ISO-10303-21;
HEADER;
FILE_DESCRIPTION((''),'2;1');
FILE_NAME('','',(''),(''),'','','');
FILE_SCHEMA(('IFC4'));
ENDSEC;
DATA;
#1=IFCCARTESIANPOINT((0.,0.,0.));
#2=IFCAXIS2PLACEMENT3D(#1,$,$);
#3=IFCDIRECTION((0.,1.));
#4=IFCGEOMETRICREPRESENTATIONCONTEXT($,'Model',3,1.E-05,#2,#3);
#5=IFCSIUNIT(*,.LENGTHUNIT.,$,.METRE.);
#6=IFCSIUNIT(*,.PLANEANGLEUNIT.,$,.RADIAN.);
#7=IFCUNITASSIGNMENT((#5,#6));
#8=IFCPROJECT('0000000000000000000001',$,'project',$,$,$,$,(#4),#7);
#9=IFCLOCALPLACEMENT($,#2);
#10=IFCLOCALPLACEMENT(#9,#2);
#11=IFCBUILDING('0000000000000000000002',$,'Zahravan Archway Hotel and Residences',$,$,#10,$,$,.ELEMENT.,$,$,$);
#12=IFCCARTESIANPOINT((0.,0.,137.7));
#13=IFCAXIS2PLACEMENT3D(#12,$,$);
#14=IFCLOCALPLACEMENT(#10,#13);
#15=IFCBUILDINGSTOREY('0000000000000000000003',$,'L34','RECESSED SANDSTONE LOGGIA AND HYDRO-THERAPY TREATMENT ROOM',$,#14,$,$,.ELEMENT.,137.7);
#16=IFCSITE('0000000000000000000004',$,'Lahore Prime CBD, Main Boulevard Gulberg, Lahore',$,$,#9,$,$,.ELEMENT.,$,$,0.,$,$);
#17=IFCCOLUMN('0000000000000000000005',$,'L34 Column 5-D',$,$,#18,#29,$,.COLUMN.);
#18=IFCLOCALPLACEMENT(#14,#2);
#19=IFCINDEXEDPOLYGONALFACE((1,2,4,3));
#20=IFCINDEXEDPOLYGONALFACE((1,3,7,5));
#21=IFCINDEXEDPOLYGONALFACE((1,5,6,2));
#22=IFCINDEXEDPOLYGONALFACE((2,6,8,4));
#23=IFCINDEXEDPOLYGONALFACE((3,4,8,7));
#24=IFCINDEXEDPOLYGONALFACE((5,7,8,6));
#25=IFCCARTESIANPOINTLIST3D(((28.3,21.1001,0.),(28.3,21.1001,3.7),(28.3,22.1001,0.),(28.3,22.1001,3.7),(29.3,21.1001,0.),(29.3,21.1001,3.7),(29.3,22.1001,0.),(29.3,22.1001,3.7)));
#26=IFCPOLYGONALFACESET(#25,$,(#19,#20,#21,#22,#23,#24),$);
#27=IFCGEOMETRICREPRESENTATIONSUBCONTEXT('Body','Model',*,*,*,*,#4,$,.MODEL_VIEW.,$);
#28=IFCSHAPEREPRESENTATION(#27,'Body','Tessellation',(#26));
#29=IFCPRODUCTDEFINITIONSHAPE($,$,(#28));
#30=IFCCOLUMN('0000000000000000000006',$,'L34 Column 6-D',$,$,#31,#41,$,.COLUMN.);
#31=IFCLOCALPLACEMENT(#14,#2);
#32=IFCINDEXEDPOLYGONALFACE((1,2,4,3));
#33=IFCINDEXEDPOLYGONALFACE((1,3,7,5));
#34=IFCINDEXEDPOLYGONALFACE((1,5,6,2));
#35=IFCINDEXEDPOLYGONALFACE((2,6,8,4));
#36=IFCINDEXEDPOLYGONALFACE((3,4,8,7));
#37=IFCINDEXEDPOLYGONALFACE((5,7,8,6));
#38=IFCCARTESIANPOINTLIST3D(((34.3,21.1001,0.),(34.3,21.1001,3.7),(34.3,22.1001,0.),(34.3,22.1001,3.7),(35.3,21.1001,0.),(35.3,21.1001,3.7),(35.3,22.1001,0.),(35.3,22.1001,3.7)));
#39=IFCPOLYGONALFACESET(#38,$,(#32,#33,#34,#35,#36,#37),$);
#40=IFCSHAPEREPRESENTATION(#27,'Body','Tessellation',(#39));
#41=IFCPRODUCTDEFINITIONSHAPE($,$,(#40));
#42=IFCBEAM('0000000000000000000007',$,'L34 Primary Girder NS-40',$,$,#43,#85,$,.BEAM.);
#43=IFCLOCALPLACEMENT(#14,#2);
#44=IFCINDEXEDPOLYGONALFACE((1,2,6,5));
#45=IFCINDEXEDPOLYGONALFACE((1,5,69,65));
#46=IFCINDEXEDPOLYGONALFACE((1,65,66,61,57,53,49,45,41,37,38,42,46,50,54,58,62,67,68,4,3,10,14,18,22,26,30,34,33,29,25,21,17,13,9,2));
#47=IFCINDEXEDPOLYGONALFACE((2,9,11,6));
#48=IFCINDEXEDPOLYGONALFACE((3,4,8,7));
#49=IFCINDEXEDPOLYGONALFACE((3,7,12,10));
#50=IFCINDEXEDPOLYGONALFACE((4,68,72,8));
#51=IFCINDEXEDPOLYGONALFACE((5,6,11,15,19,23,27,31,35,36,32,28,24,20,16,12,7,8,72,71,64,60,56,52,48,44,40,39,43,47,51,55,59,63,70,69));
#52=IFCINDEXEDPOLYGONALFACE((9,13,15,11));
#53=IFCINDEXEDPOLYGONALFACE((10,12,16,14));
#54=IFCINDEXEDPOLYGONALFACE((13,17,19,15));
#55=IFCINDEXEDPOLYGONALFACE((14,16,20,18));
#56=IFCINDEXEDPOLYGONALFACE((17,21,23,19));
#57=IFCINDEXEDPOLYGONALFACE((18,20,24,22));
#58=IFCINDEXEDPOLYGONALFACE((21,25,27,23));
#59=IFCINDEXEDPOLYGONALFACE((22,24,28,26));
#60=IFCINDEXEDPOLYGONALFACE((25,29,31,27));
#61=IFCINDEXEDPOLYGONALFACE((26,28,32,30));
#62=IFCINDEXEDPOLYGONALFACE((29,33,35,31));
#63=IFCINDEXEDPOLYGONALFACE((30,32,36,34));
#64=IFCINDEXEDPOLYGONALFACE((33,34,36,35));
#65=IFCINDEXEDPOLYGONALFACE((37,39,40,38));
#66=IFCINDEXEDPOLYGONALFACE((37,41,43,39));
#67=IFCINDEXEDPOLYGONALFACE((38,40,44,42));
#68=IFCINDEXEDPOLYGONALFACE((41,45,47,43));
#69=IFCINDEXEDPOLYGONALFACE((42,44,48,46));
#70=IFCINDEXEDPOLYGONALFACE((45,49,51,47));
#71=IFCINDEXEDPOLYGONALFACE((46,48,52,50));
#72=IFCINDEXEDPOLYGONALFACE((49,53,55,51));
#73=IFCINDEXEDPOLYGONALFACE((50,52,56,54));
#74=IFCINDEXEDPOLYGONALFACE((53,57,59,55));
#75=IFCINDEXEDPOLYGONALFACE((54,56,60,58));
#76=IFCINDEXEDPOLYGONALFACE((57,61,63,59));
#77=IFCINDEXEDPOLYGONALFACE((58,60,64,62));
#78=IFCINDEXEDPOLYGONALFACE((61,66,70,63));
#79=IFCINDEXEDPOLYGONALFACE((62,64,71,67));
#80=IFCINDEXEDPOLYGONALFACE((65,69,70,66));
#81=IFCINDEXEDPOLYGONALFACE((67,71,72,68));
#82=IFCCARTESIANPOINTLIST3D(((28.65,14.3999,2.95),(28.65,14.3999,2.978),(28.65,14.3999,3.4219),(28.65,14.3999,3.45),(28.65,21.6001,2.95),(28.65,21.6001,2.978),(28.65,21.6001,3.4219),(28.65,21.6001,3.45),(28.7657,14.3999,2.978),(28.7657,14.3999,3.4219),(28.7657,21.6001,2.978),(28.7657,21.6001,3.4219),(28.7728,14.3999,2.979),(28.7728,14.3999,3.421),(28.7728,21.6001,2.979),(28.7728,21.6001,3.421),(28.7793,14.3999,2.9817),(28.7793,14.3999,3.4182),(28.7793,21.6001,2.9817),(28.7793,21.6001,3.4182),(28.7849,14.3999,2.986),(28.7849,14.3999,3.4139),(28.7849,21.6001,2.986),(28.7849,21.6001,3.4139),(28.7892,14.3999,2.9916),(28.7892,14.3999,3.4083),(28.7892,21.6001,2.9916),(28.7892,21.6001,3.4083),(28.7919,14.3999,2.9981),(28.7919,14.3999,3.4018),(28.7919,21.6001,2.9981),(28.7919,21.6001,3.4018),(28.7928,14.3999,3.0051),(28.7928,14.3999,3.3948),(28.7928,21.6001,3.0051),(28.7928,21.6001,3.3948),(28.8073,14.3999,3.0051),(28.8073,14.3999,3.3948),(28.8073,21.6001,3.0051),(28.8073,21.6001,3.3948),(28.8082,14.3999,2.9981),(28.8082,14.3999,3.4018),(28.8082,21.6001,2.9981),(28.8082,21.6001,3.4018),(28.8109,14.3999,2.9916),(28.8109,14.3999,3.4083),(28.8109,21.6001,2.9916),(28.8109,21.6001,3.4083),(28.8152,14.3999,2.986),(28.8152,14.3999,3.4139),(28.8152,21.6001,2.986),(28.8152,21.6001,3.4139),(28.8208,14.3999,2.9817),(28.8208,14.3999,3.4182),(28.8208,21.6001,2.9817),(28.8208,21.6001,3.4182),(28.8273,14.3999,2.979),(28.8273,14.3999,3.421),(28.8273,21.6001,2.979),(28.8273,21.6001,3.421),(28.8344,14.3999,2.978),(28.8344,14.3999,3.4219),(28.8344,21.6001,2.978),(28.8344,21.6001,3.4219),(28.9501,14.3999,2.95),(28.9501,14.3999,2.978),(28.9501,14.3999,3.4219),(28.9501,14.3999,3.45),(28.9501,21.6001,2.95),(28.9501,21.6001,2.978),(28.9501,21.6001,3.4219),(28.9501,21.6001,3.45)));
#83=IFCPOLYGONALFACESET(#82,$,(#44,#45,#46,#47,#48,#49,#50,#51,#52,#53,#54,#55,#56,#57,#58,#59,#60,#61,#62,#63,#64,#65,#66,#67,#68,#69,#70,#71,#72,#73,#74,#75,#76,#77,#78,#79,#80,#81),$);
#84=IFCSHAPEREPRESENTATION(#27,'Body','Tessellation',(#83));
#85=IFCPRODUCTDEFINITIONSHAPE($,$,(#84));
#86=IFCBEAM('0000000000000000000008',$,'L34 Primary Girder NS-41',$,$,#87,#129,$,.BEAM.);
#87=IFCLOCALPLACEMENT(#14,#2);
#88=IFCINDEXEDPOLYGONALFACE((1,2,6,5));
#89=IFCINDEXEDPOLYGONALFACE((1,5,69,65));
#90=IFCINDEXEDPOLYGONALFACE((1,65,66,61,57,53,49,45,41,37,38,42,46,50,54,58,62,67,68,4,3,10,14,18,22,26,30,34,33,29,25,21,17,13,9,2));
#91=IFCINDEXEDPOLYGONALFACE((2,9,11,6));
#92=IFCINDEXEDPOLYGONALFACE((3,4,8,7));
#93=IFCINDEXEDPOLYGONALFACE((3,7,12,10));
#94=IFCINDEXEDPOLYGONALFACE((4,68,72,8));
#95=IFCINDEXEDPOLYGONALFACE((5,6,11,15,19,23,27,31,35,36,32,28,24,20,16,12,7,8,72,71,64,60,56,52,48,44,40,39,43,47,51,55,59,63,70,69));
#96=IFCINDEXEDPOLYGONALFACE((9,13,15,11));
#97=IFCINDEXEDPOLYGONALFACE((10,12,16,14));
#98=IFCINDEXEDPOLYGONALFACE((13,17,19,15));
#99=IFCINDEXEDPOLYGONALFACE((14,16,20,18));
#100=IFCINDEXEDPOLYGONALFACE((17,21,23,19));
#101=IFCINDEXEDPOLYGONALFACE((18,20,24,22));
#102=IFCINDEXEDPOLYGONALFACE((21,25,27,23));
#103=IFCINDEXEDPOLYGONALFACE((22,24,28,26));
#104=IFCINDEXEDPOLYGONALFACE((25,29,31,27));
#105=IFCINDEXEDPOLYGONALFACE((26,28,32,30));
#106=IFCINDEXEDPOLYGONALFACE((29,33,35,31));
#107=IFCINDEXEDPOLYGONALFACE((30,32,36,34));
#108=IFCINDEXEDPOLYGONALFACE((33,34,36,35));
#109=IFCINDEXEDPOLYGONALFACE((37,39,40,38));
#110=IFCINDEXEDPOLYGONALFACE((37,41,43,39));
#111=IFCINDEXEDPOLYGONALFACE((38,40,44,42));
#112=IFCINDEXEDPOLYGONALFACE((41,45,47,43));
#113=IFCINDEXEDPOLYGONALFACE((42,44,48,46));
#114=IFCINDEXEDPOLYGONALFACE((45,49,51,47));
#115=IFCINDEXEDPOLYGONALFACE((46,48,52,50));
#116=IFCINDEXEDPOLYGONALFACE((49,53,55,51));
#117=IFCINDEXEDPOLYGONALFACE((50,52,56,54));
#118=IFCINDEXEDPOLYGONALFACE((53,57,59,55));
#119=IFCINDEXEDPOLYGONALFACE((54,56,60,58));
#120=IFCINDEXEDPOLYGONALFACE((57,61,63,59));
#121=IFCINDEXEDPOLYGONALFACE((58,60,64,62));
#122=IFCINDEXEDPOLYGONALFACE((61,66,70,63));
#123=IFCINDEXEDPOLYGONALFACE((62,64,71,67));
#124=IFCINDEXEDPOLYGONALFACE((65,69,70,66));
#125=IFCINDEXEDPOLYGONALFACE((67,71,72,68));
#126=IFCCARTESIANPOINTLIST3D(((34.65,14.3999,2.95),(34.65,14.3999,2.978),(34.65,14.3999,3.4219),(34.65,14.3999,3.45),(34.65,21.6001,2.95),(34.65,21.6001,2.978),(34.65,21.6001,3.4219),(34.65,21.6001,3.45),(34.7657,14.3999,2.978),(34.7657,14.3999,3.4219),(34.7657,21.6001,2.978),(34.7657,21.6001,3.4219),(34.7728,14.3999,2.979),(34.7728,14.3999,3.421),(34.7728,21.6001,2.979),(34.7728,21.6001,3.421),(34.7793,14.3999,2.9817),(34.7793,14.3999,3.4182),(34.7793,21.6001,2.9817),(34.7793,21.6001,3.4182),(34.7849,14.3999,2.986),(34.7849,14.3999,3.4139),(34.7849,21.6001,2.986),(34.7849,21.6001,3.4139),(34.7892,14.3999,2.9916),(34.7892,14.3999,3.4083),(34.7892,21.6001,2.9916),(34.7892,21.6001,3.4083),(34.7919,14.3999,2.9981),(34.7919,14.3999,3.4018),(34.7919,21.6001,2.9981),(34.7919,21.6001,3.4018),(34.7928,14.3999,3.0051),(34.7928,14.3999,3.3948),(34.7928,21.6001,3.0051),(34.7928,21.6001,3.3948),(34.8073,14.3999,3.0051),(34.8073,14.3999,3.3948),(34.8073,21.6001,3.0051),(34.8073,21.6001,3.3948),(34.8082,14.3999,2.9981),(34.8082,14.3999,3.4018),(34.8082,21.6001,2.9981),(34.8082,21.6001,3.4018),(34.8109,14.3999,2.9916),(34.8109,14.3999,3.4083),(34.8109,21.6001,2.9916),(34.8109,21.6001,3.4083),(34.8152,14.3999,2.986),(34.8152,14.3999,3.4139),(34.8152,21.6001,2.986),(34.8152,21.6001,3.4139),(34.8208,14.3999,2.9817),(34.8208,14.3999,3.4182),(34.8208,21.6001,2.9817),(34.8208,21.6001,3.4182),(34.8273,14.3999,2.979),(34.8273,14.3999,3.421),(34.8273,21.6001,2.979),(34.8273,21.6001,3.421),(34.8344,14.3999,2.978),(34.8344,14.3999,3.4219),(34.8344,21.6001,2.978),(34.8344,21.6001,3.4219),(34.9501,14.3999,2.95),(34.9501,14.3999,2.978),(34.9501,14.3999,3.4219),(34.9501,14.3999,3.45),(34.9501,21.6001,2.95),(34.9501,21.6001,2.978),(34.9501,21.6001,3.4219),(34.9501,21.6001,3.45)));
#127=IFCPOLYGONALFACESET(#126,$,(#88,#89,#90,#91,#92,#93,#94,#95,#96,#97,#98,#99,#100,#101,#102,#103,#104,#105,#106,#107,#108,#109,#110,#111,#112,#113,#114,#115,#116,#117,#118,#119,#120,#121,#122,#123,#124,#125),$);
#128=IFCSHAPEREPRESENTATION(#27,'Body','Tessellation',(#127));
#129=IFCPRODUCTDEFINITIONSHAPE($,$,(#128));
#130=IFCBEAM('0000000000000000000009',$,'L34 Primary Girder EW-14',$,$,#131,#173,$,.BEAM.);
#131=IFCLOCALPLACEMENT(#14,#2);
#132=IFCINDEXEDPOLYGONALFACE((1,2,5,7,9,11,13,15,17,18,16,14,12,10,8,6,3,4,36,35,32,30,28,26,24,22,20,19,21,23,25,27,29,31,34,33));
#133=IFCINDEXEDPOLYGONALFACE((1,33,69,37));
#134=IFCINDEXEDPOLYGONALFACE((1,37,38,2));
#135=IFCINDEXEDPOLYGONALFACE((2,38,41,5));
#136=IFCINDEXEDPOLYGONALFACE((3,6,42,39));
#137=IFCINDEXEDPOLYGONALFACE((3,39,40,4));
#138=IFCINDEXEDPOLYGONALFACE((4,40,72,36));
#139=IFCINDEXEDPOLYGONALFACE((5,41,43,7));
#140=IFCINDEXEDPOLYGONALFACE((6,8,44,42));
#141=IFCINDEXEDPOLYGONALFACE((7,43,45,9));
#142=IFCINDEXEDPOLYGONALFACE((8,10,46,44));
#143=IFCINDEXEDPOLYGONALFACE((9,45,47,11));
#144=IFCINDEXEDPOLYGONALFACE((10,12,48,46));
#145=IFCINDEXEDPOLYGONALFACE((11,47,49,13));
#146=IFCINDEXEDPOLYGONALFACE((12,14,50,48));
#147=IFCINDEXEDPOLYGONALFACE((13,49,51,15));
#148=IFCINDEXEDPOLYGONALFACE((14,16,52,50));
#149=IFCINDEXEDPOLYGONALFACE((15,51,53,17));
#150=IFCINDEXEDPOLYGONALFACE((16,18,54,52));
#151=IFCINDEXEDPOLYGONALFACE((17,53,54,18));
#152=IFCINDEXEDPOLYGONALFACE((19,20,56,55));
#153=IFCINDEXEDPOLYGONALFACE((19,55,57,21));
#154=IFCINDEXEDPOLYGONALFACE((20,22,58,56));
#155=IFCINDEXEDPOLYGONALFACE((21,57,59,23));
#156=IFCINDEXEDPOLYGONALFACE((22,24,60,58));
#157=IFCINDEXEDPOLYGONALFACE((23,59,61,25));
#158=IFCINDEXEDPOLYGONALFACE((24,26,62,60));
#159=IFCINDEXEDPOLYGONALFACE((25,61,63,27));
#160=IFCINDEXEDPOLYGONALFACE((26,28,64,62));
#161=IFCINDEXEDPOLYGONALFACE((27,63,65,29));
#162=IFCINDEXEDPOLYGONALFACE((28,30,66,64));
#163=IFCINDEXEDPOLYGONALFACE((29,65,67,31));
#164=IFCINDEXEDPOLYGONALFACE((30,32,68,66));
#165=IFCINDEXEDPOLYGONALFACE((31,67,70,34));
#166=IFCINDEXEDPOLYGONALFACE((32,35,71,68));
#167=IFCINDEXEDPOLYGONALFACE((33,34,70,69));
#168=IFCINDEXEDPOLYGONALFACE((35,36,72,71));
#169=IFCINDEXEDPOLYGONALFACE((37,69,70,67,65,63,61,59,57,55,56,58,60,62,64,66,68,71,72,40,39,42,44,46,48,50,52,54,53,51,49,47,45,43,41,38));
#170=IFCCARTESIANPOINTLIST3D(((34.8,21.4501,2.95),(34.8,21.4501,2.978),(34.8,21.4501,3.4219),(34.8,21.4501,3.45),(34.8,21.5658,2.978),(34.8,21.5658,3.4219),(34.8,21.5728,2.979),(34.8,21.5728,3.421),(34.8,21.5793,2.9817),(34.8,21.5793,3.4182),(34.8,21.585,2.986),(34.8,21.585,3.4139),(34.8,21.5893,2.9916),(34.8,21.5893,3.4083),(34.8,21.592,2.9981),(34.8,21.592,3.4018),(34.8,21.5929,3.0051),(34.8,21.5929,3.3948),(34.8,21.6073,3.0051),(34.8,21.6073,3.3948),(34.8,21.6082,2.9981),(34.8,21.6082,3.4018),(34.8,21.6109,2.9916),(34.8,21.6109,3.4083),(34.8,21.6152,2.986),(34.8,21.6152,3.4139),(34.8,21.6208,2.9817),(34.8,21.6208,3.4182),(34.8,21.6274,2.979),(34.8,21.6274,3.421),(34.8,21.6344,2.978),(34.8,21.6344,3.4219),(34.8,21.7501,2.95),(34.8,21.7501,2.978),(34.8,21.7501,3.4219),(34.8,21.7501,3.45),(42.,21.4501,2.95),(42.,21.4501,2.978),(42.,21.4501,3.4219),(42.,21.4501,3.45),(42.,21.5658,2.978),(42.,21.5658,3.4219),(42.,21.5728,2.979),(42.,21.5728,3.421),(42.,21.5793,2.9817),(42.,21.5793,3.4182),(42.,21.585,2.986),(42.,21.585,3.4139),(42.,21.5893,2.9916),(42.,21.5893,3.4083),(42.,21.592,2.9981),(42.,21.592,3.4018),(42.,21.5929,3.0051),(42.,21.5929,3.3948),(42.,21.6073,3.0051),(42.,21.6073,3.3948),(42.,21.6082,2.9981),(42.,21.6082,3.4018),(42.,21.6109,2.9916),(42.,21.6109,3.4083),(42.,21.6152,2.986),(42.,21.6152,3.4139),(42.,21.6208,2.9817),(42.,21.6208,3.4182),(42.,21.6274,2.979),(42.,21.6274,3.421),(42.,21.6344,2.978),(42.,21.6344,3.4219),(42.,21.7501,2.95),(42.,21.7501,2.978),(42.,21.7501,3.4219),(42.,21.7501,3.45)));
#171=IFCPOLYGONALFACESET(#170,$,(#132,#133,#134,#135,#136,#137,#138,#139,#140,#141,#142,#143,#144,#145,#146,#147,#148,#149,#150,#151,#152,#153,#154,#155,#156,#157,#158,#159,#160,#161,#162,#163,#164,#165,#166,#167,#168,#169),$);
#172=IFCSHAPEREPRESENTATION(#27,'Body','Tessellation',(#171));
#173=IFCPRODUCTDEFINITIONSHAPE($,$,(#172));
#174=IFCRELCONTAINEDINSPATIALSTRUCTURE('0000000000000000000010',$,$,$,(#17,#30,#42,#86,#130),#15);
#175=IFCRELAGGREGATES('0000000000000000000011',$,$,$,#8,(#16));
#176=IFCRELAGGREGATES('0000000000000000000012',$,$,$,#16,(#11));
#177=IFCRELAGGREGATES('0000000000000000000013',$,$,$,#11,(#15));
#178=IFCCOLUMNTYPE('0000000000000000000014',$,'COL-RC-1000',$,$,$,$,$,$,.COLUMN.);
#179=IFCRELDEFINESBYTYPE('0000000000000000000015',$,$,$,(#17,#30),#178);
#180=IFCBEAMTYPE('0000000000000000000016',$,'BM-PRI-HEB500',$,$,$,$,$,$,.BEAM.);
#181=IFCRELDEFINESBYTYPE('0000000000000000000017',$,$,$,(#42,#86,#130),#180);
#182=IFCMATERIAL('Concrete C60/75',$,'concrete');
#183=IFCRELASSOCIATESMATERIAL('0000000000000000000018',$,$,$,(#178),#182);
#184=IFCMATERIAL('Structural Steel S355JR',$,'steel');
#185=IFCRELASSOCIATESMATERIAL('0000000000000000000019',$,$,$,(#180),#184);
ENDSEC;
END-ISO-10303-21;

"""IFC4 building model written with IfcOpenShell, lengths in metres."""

from ifc_helpers import new_model, si_unit, direction, frame, origin, origin_2d, place, context, subcontext, project, spatial, rectangle, i_section, extrude, source, transform, mapped, material, material_profile, profile_set, type_object, type_shapes, element, save


model = new_model("IFC4")

# Units and contexts
model_context = context("Model", 3, precision=1e-05, world=origin(), true_north=direction((0.0, 1.0)))
body_context = subcontext(model_context, "Body", "Model", "MODEL_VIEW")
ifc_project = project(units=[si_unit("LENGTHUNIT", "METRE"), si_unit("PLANEANGLEUNIT", "RADIAN")], contexts=[model_context])

# Site, building, storey
site_placement = place(None, origin())
site = spatial("IfcSite", under=ifc_project, at=site_placement, Name="Lahore Prime CBD, Main Boulevard Gulberg, Lahore", CompositionType="ELEMENT", RefElevation=0.0)
building_placement = place(site_placement, origin())
building = spatial("IfcBuilding", under=site, at=building_placement, Name="Zahravan Archway Hotel and Residences", CompositionType="ELEMENT")
storey_placement = place(building_placement, frame((0.0, 0.0, 137.7)))
storey = spatial("IfcBuildingStorey", under=building, at=storey_placement, Name="L34", Description="RECESSED SANDSTONE LOGGIA AND HYDRO-THERAPY TREATMENT ROOM", CompositionType="ELEMENT", Elevation=137.7)

# Columns
ifc_material_1 = material(Name="Concrete C60/75", Category="concrete")
ifc_material_profile_1 = material_profile(ifc_material_1, rectangle(XDim=1.0, YDim=1.0, at=origin_2d()), Name="RC-COL-1000x1000", Category="concrete")
ifc_profile_set_1 = profile_set([ifc_material_profile_1], Name="Concrete C60/75")
column_type = type_object("IfcColumnType", Name="COL-RC-1000", PredefinedType="COLUMN", material=ifc_profile_set_1)
shared_shape_1 = source(origin(), body_context, "Body", "SweptSolid", [
    extrude(rectangle(XDim=1.0, YDim=1.0, at=origin_2d()), origin(), (0.0, 0.0, 1.0), 3.7),
])
type_shapes(column_type, [shared_shape_1])
for number, where, z_axis, x_axis, name in (
    (1, (28.8, 21.6001, 0.0), (0.0, 0.0, 1.0), (1.0, 0.0, 0.0), "L34 Column 5-D"),
    (2, (34.8, 21.6001, 0.0), (0.0, 0.0, 1.0), (1.0, 0.0, 0.0), "L34 Column 6-D"),
):
    element("IfcColumn", number, at=place(storey_placement, frame(where, z_axis=z_axis, x_axis=x_axis)), inside=storey, type_object=column_type, Name=name, PredefinedType="COLUMN", context=body_context, shape_type="MappedRepresentation", body=[
        mapped(shared_shape_1, transform((0.0, 0.0, 0.0), scale=1.0)),
    ])

# Beams
ifc_material_2 = material(Name="Structural Steel S355JR", Category="steel")
ifc_material_profile_2 = material_profile(ifc_material_2, i_section(OverallWidth=0.3, OverallDepth=0.5, WebThickness=0.0144, FlangeThickness=0.0281, FilletRadius=0.0271, at=origin_2d()), Name="HEB 500", Category="steel")
ifc_profile_set_2 = profile_set([ifc_material_profile_2], Name="Structural Steel S355JR")
beam_type_1 = type_object("IfcBeamType", Name="BM-PRI-HEB500", PredefinedType="BEAM", material=ifc_profile_set_2)
shared_shape_2 = source(origin(), body_context, "Body", "SweptSolid", [
    extrude(i_section(OverallWidth=0.3, OverallDepth=0.5, WebThickness=0.0144, FlangeThickness=0.0281, FilletRadius=0.0271, at=origin_2d()), origin(), (0.0, 0.0, 1.0), 7.2002),
])
type_shapes(beam_type_1, [shared_shape_2])
for number, where, z_axis, x_axis, name in (
    (3, (28.8, 14.3999, 3.2), (0.0, 1.0, 0.0), (-1.0, 0.0, 0.0), "L34 Primary Girder NS-40"),
    (4, (34.8, 14.3999, 3.2), (0.0, 1.0, 0.0), (-1.0, 0.0, 0.0), "L34 Primary Girder NS-41"),
):
    element("IfcBeam", number, at=place(storey_placement, frame(where, z_axis=z_axis, x_axis=x_axis)), inside=storey, type_object=beam_type_1, Name=name, PredefinedType="BEAM", context=body_context, shape_type="MappedRepresentation", body=[
        mapped(shared_shape_2, transform((0.0, 0.0, 0.0), scale=1.0)),
    ])
shared_shape_3 = source(origin(), body_context, "Body", "SweptSolid", [
    extrude(i_section(OverallWidth=0.3, OverallDepth=0.5, WebThickness=0.0144, FlangeThickness=0.0281, FilletRadius=0.0271, at=origin_2d()), origin(), (0.0, 0.0, 1.0), 7.2),
])
beam_1_placement = place(storey_placement, frame((34.8, 21.6001, 3.2), z_axis=(1.0, 0.0, 0.0), x_axis=(0.0, 1.0, 0.0)))
element("IfcBeam", 5, at=beam_1_placement, inside=storey, type_object=beam_type_1, Name="L34 Primary Girder EW-14", PredefinedType="BEAM", context=body_context, shape_type="MappedRepresentation", body=[
    mapped(shared_shape_3, transform((0.0, 0.0, 0.0), scale=1.0)),
])

save(model, "model.ifc")
